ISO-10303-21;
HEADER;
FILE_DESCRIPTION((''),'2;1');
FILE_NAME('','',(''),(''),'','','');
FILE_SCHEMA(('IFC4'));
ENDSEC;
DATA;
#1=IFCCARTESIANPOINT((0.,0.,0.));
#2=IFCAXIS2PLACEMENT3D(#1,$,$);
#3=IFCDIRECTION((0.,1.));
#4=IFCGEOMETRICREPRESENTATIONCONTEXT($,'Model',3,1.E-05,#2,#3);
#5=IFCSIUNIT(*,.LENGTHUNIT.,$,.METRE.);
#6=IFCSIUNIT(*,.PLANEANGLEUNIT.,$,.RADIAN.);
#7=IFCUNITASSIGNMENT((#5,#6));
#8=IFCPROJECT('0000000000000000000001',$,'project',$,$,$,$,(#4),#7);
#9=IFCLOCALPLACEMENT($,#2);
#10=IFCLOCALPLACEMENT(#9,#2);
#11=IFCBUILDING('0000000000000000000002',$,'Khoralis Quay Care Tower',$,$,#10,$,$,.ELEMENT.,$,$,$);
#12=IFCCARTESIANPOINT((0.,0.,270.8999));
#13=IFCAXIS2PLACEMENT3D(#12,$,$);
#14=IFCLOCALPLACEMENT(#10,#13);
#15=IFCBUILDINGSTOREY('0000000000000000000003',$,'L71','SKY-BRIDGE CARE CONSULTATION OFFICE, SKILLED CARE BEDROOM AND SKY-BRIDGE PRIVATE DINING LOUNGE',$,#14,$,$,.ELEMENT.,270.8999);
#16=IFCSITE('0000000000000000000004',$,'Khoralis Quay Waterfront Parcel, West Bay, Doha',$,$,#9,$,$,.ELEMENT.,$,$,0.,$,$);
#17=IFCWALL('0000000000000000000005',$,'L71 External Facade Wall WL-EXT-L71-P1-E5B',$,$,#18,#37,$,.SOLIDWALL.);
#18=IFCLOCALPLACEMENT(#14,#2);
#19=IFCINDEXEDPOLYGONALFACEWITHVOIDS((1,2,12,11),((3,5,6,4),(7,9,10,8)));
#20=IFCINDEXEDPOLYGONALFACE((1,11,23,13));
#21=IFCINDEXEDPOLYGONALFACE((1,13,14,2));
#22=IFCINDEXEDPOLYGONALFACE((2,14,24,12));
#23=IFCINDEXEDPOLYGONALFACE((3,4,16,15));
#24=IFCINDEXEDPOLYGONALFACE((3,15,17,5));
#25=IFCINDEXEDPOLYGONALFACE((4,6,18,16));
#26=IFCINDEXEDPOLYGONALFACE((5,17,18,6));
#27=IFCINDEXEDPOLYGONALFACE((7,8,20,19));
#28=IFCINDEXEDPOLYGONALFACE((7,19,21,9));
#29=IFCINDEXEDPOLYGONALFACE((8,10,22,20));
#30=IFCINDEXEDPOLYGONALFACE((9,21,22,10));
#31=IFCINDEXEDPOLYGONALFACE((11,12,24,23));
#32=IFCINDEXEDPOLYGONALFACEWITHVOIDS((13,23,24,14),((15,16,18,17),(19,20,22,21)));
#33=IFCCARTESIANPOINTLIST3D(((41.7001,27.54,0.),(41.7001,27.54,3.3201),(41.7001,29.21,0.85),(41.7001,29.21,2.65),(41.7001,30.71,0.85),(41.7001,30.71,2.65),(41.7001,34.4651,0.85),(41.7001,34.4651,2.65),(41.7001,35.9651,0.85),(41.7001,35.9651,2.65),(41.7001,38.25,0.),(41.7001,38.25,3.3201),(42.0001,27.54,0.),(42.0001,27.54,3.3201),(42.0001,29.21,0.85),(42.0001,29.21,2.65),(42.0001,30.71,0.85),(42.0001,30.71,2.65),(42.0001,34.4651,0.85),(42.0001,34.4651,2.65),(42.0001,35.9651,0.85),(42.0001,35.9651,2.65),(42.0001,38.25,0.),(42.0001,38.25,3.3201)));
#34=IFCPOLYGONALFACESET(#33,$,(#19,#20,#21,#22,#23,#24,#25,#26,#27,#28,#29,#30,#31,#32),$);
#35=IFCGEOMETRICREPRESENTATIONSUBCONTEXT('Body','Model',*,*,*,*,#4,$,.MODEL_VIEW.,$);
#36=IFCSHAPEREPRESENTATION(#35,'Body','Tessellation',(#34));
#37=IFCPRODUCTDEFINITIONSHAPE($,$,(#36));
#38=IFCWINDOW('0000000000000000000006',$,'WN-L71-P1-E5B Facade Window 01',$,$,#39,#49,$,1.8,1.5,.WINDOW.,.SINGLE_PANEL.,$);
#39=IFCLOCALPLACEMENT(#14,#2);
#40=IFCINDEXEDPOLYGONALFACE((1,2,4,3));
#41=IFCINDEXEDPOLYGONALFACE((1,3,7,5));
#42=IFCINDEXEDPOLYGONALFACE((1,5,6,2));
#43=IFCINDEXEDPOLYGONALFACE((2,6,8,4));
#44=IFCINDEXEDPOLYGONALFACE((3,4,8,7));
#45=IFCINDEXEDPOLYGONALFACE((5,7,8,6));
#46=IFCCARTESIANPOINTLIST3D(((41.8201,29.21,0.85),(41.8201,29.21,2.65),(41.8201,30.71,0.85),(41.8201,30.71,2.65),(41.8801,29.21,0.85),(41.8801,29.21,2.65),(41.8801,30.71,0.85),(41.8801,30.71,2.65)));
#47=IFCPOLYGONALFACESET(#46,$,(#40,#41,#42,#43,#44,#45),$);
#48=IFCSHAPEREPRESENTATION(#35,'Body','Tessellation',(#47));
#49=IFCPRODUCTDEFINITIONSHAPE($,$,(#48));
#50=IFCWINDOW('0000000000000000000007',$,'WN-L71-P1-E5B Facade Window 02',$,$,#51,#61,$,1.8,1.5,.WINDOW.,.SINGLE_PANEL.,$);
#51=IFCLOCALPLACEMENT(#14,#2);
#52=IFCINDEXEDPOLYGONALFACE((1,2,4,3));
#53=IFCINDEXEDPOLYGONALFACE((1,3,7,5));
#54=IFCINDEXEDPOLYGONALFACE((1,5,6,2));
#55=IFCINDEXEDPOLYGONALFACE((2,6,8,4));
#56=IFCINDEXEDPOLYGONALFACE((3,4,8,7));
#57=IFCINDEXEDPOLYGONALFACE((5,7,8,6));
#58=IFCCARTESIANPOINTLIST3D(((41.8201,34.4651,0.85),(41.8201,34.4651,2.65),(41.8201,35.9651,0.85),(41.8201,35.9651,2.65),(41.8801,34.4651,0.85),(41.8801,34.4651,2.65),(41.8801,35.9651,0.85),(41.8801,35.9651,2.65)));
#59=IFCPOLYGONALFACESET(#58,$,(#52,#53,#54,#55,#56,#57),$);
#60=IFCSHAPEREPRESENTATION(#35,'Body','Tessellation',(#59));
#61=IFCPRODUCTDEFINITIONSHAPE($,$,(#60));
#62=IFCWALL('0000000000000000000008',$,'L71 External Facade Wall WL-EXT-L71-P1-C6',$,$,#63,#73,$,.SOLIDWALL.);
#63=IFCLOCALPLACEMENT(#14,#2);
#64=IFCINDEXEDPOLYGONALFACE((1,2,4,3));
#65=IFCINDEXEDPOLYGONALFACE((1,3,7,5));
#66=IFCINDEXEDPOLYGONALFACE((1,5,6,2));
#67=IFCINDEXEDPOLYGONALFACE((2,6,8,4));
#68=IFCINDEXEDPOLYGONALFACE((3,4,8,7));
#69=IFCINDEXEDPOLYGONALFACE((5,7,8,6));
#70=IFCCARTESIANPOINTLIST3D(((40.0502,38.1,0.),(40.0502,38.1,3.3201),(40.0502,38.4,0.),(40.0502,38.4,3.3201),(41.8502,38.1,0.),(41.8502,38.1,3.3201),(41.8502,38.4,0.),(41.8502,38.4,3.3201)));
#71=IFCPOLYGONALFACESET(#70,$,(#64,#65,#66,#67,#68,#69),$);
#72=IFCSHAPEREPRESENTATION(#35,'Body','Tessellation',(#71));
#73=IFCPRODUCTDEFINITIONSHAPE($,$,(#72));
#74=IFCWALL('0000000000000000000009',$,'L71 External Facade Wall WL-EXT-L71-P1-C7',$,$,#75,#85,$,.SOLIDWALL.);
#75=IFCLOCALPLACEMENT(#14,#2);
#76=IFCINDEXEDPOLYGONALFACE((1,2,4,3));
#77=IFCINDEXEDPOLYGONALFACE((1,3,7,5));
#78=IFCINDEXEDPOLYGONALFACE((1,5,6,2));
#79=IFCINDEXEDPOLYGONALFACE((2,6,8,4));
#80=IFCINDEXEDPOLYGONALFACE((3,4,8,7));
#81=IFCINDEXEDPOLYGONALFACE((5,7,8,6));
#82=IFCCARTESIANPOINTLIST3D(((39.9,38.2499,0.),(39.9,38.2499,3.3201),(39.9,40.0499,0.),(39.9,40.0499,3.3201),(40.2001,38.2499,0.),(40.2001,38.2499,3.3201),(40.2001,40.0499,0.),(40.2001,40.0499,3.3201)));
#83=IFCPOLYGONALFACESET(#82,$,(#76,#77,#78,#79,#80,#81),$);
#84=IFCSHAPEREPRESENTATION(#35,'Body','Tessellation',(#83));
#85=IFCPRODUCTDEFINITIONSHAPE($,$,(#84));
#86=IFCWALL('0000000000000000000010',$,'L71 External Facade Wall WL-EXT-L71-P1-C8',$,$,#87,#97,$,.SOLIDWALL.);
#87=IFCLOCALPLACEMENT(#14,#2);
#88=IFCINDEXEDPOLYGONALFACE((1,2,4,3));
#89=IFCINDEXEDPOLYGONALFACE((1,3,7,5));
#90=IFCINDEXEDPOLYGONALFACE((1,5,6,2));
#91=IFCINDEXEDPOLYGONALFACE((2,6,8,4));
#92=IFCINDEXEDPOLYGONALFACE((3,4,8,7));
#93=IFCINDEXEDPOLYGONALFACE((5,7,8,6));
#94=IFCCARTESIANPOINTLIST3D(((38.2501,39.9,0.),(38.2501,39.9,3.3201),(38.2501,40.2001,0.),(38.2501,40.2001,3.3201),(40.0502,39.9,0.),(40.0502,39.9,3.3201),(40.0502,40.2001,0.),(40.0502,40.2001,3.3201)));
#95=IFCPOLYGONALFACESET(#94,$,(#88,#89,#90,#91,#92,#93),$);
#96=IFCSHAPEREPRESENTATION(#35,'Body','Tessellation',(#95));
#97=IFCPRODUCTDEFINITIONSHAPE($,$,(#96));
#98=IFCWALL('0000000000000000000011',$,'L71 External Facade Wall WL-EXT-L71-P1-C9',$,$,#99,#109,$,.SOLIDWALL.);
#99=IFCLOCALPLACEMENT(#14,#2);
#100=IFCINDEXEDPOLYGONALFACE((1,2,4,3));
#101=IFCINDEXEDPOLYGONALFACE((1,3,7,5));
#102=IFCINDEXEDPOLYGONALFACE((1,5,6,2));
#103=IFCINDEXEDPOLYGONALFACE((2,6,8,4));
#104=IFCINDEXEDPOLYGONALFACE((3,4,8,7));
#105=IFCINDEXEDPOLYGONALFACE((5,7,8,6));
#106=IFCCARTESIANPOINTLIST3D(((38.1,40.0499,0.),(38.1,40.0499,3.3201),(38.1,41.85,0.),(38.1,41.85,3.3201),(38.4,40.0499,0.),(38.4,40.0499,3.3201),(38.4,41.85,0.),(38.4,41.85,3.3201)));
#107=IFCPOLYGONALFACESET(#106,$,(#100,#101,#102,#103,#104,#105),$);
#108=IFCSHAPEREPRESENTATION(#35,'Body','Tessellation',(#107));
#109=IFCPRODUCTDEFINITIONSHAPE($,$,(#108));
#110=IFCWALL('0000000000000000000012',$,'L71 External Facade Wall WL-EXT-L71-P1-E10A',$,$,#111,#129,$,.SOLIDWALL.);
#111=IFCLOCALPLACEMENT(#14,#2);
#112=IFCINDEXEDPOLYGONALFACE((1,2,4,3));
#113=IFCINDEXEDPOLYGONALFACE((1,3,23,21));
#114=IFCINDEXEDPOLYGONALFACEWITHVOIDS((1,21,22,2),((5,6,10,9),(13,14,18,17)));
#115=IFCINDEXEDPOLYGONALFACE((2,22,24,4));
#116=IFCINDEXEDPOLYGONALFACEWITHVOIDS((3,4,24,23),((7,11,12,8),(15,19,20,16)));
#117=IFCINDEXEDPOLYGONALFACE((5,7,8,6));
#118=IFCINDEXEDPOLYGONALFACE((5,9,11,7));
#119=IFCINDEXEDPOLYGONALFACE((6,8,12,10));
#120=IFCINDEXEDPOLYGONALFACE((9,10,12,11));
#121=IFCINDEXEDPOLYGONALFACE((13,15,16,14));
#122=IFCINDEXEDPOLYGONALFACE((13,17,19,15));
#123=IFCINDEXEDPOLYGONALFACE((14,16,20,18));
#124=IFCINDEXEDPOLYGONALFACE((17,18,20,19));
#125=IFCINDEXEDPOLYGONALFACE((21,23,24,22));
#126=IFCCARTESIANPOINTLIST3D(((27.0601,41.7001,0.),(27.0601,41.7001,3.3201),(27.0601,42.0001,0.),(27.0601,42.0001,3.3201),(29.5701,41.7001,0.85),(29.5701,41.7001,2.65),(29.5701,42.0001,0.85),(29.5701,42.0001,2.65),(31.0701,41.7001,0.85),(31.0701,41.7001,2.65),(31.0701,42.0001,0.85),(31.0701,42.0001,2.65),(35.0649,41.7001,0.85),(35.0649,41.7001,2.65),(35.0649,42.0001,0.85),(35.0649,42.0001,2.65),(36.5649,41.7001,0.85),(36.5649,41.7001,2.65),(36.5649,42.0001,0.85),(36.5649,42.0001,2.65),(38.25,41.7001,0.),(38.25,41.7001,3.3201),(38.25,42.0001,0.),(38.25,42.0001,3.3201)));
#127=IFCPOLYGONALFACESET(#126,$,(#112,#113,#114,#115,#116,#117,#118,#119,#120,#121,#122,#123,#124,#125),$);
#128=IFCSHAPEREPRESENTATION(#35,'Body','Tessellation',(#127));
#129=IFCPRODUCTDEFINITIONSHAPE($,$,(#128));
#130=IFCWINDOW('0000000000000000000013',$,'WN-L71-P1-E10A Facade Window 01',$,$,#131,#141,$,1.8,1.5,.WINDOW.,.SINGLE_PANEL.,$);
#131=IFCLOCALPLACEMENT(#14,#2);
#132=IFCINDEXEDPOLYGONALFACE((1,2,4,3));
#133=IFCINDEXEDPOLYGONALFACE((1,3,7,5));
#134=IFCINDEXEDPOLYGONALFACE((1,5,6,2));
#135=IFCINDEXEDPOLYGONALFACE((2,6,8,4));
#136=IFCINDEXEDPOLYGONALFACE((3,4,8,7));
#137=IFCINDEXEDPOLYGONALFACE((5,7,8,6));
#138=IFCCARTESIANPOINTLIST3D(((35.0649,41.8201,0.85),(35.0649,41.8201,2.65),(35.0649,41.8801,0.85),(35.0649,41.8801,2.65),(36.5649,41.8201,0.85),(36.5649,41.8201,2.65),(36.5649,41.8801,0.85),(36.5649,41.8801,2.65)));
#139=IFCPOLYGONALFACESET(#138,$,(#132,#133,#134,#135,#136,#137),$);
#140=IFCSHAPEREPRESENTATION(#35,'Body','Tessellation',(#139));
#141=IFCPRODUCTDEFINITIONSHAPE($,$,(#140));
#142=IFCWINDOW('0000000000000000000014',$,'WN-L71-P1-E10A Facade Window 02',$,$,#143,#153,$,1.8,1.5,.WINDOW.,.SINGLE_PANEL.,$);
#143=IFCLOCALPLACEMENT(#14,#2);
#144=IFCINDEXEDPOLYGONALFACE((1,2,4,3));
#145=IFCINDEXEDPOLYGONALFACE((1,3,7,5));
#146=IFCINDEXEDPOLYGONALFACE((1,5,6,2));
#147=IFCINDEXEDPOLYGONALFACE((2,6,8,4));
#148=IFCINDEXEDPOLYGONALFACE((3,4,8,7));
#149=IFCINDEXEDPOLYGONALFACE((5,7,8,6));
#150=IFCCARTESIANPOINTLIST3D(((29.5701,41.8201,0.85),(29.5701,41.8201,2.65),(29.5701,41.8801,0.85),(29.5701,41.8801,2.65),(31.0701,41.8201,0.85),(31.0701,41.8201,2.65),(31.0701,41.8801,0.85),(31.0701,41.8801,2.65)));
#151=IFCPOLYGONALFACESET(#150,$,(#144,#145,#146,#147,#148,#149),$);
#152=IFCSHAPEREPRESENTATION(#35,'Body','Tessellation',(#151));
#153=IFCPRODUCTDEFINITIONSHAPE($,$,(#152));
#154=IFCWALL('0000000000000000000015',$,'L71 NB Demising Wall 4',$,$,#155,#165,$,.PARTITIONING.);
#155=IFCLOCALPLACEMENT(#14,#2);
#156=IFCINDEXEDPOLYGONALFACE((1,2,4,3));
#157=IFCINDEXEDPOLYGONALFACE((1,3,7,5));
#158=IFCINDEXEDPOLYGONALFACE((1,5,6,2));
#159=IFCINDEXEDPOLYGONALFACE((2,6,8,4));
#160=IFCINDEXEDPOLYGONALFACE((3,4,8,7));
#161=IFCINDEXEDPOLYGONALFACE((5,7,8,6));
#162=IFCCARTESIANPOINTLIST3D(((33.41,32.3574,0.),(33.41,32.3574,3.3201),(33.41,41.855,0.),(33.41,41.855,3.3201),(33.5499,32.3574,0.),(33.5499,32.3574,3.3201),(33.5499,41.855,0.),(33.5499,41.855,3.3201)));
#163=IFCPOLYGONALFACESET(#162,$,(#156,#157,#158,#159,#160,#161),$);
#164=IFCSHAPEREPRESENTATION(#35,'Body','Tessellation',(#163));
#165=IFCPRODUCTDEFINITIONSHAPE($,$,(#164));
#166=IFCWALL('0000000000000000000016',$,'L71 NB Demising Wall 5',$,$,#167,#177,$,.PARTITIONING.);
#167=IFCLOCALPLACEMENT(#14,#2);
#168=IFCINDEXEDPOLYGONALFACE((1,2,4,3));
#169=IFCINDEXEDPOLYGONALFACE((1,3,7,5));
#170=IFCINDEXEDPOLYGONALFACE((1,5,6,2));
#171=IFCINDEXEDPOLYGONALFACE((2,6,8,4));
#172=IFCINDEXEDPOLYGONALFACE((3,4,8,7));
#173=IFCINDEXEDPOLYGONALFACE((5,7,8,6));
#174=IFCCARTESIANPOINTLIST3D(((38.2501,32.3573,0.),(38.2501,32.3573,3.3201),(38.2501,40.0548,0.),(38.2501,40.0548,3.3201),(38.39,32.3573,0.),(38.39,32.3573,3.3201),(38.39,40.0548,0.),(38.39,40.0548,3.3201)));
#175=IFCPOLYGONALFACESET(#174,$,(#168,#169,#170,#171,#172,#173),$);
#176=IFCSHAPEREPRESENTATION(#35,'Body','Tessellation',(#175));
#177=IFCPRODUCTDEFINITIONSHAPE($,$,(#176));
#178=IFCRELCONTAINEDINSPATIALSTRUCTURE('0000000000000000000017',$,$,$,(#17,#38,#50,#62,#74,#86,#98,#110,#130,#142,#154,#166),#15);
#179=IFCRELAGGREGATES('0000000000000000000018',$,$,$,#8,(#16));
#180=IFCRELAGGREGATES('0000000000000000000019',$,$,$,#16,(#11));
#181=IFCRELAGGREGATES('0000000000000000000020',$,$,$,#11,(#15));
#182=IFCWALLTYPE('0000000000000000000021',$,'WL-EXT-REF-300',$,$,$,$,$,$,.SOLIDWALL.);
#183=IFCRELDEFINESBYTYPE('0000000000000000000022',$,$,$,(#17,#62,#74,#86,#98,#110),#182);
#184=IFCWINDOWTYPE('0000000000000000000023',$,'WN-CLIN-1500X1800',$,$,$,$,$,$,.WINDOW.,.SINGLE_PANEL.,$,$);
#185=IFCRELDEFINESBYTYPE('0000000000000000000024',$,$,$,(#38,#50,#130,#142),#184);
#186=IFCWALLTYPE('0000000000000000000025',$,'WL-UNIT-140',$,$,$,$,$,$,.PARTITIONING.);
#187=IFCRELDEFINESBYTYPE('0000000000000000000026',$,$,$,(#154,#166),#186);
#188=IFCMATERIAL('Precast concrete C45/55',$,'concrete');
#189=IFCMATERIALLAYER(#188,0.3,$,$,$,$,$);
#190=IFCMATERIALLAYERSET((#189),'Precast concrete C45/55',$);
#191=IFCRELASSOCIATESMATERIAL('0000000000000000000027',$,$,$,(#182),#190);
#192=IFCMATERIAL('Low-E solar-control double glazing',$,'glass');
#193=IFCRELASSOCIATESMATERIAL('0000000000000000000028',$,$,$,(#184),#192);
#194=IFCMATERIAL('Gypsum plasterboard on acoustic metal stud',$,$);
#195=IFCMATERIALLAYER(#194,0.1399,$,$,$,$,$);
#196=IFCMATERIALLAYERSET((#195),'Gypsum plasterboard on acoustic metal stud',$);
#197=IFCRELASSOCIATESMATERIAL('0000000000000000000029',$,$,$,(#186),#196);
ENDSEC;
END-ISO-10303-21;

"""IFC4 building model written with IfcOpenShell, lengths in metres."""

from ifc_helpers import new_model, si_unit, direction, frame, frame_2d, origin, place, context, subcontext, project, spatial, rectangle, extrude, source, transform, mapped, material, layer, layer_set, type_object, element, fill, save


model = new_model("IFC4")

# Units and contexts
model_context = context("Model", 3, precision=1e-05, world=origin(), true_north=direction((0.0, 1.0)))
body_context = subcontext(model_context, "Body", "Model", "MODEL_VIEW")
ifc_project = project(units=[si_unit("LENGTHUNIT", "METRE"), si_unit("PLANEANGLEUNIT", "RADIAN")], contexts=[model_context])

# Site, building, storey
site_placement = place(None, origin())
site = spatial("IfcSite", under=ifc_project, at=site_placement, Name="Khoralis Quay Waterfront Parcel, West Bay, Doha", CompositionType="ELEMENT", RefElevation=0.0)
building_placement = place(site_placement, origin())
building = spatial("IfcBuilding", under=site, at=building_placement, Name="Khoralis Quay Care Tower", CompositionType="ELEMENT")
storey_placement = place(building_placement, frame((0.0, 0.0, 270.8999)))
storey = spatial("IfcBuildingStorey", under=building, at=storey_placement, Name="L71", Description="SKY-BRIDGE CARE CONSULTATION OFFICE, SKILLED CARE BEDROOM AND SKY-BRIDGE PRIVATE DINING LOUNGE", CompositionType="ELEMENT", Elevation=270.8999)

# Shared definitions
ifc_material_1 = material(Name="Gypsum plasterboard on acoustic metal stud")

# Wall, openings, windows
ifc_material_2 = material(Name="Precast concrete C45/55", Category="concrete")
ifc_layer_1 = layer(ifc_material_2, 0.3)
ifc_layer_set_1 = layer_set([ifc_layer_1], Name="Precast concrete C45/55")
wall_type_1 = type_object("IfcWallType", Name="WL-EXT-REF-300", PredefinedType="SOLIDWALL", material=ifc_layer_set_1)
wall_1_placement = place(storey_placement, frame((41.8501, 27.54, 0.0), z_axis=(0.0, 0.0, 1.0), x_axis=(0.0, 1.0, 0.0)))
wall_1 = element("IfcWall", 1, at=wall_1_placement, inside=storey, type_object=wall_type_1, Name="L71 External Facade Wall WL-EXT-L71-P1-E5B", PredefinedType="SOLIDWALL", context=body_context, shape_type="SweptSolid", body=[
    extrude(rectangle(XDim=10.71, YDim=0.3, at=frame_2d((5.355, 0.0))), origin(), (0.0, 0.0, 1.0), 3.3201),
])
opening_1_placement = place(wall_1_placement, frame((1.6699, 0.0, 0.8501)))
opening_1 = element("IfcOpeningElement", 2, at=opening_1_placement, cuts=wall_1, PredefinedType="OPENING", context=body_context, shape_type="SweptSolid", body=[
    extrude(rectangle(XDim=1.5, YDim=1.8, at=frame_2d((0.75, 0.8999))), frame((0.0, 0.1602, 0.0), z_axis=(0.0, -1.0, 0.0), x_axis=(1.0, 0.0, 0.0)), (0.0, 0.0, 1.0), 0.3201),
])
opening_2_placement = place(wall_1_placement, frame((6.925, 0.0, 0.8501)))
opening_2 = element("IfcOpeningElement", 3, at=opening_2_placement, cuts=wall_1, PredefinedType="OPENING", context=body_context, shape_type="SweptSolid", body=[
    extrude(rectangle(XDim=1.5, YDim=1.8, at=frame_2d((0.75, 0.8999))), frame((0.0, 0.1602, 0.0), z_axis=(0.0, -1.0, 0.0), x_axis=(1.0, 0.0, 0.0)), (0.0, 0.0, 1.0), 0.3201),
])
ifc_material_3 = material(Name="Low-E solar-control double glazing", Category="glass")
window_type = type_object("IfcWindowType", Name="WN-CLIN-1500X1800", PartitioningType="SINGLE_PANEL", PredefinedType="WINDOW", material=ifc_material_3)
shared_shape_1 = source(origin(), body_context, "Body", "SweptSolid", [
    extrude(rectangle(XDim=1.5, YDim=1.8, at=frame_2d((0.75, 0.8999))), frame((0.0, 0.03, 0.0), z_axis=(0.0, -1.0, 0.0), x_axis=(1.0, 0.0, 0.0)), (0.0, 0.0, 1.0), 0.0601),
])
window_1_placement = place(opening_1_placement, origin())
window_1 = element("IfcWindow", 4, at=window_1_placement, inside=storey, type_object=window_type, Name="WN-L71-P1-E5B Facade Window 01", OverallHeight=1.8, OverallWidth=1.5, PartitioningType="SINGLE_PANEL", PredefinedType="WINDOW", context=body_context, shape_type="MappedRepresentation", body=[
    mapped(shared_shape_1, transform((0.0, 0.0, 0.0), scale=1.0)),
])
fill(opening_1, window_1)
window_2_placement = place(opening_2_placement, origin())
window_2 = element("IfcWindow", 5, at=window_2_placement, inside=storey, type_object=window_type, Name="WN-L71-P1-E5B Facade Window 02", OverallHeight=1.8, OverallWidth=1.5, PartitioningType="SINGLE_PANEL", PredefinedType="WINDOW", context=body_context, shape_type="MappedRepresentation", body=[
    mapped(shared_shape_1, transform((0.0, 0.0, 0.0), scale=1.0)),
])
fill(opening_2, window_2)

# Walls
for number, where, z_axis, x_axis, name in (
    (6, (41.8501, 38.25, 0.0), (0.0, 0.0, 1.0), (-1.0, 0.0, 0.0), "L71 External Facade Wall WL-EXT-L71-P1-C6"),
    (7, (40.05, 38.25, 0.0), (0.0, 0.0, 1.0), (0.0, 1.0, 0.0), "L71 External Facade Wall WL-EXT-L71-P1-C7"),
    (8, (40.05, 40.05, 0.0), (0.0, 0.0, 1.0), (-1.0, 0.0, 0.0), "L71 External Facade Wall WL-EXT-L71-P1-C8"),
    (9, (38.25, 40.05, 0.0), (0.0, 0.0, 1.0), (0.0, 1.0, 0.0), "L71 External Facade Wall WL-EXT-L71-P1-C9"),
):
    element("IfcWall", number, at=place(storey_placement, frame(where, z_axis=z_axis, x_axis=x_axis)), inside=storey, type_object=wall_type_1, Name=name, PredefinedType="SOLIDWALL", context=body_context, shape_type="SweptSolid", body=[
        extrude(rectangle(XDim=1.8, YDim=0.3, at=frame_2d((0.8999, 0.0))), origin(), (0.0, 0.0, 1.0), 3.3201),
    ])

# Wall, openings, windows
wall_2_placement = place(storey_placement, frame((38.25, 41.8501, 0.0), z_axis=(0.0, 0.0, 1.0), x_axis=(-1.0, 0.0, 0.0)))
wall_2 = element("IfcWall", 10, at=wall_2_placement, inside=storey, type_object=wall_type_1, Name="L71 External Facade Wall WL-EXT-L71-P1-E10A", PredefinedType="SOLIDWALL", context=body_context, shape_type="SweptSolid", body=[
    extrude(rectangle(XDim=11.1899, YDim=0.3, at=frame_2d((5.595, 0.0))), origin(), (0.0, 0.0, 1.0), 3.3201),
])
opening_3_placement = place(wall_2_placement, frame((1.6851, 0.0, 0.8501)))
opening_3 = element("IfcOpeningElement", 11, at=opening_3_placement, cuts=wall_2, PredefinedType="OPENING", context=body_context, shape_type="SweptSolid", body=[
    extrude(rectangle(XDim=1.5, YDim=1.8, at=frame_2d((0.75, 0.8999))), frame((0.0, 0.1602, 0.0), z_axis=(0.0, -1.0, 0.0), x_axis=(1.0, 0.0, 0.0)), (0.0, 0.0, 1.0), 0.3201),
])
opening_4_placement = place(wall_2_placement, frame((7.1799, 0.0, 0.8501)))
opening_4 = element("IfcOpeningElement", 12, at=opening_4_placement, cuts=wall_2, PredefinedType="OPENING", context=body_context, shape_type="SweptSolid", body=[
    extrude(rectangle(XDim=1.5, YDim=1.8, at=frame_2d((0.75, 0.8999))), frame((0.0, 0.1602, 0.0), z_axis=(0.0, -1.0, 0.0), x_axis=(1.0, 0.0, 0.0)), (0.0, 0.0, 1.0), 0.3201),
])
window_3_placement = place(opening_3_placement, origin())
window_3 = element("IfcWindow", 13, at=window_3_placement, inside=storey, type_object=window_type, Name="WN-L71-P1-E10A Facade Window 01", OverallHeight=1.8, OverallWidth=1.5, PartitioningType="SINGLE_PANEL", PredefinedType="WINDOW", context=body_context, shape_type="MappedRepresentation", body=[
    mapped(shared_shape_1, transform((0.0, 0.0, 0.0), scale=1.0)),
])
fill(opening_3, window_3)
window_4_placement = place(opening_4_placement, origin())
window_4 = element("IfcWindow", 14, at=window_4_placement, inside=storey, type_object=window_type, Name="WN-L71-P1-E10A Facade Window 02", OverallHeight=1.8, OverallWidth=1.5, PartitioningType="SINGLE_PANEL", PredefinedType="WINDOW", context=body_context, shape_type="MappedRepresentation", body=[
    mapped(shared_shape_1, transform((0.0, 0.0, 0.0), scale=1.0)),
])
fill(opening_4, window_4)

# Walls
ifc_layer_2 = layer(ifc_material_1, 0.1399)
ifc_layer_set_2 = layer_set([ifc_layer_2], Name="Gypsum plasterboard on acoustic metal stud")
wall_type_2 = type_object("IfcWallType", Name="WL-UNIT-140", PredefinedType="PARTITIONING", material=ifc_layer_set_2)
wall_3_placement = place(storey_placement, frame((33.48, 32.3574, 0.0), z_axis=(0.0, 0.0, 1.0), x_axis=(0.0, 1.0, 0.0)))
element("IfcWall", 15, at=wall_3_placement, inside=storey, type_object=wall_type_2, Name="L71 NB Demising Wall 4", PredefinedType="PARTITIONING", context=body_context, shape_type="SweptSolid", body=[
    extrude(rectangle(XDim=9.4976, YDim=0.1399, at=frame_2d((4.7488, 0.0))), origin(), (0.0, 0.0, 1.0), 3.3201),
])
wall_4_placement = place(storey_placement, frame((38.3201, 32.3574, 0.0), z_axis=(0.0, 0.0, 1.0), x_axis=(0.0, 1.0, 0.0)))
element("IfcWall", 16, at=wall_4_placement, inside=storey, type_object=wall_type_2, Name="L71 NB Demising Wall 5", PredefinedType="PARTITIONING", context=body_context, shape_type="SweptSolid", body=[
    extrude(rectangle(XDim=7.6975, YDim=0.1399, at=frame_2d((3.8486, 0.0))), origin(), (0.0, 0.0, 1.0), 3.3201),
])

save(model, "model.ifc")
